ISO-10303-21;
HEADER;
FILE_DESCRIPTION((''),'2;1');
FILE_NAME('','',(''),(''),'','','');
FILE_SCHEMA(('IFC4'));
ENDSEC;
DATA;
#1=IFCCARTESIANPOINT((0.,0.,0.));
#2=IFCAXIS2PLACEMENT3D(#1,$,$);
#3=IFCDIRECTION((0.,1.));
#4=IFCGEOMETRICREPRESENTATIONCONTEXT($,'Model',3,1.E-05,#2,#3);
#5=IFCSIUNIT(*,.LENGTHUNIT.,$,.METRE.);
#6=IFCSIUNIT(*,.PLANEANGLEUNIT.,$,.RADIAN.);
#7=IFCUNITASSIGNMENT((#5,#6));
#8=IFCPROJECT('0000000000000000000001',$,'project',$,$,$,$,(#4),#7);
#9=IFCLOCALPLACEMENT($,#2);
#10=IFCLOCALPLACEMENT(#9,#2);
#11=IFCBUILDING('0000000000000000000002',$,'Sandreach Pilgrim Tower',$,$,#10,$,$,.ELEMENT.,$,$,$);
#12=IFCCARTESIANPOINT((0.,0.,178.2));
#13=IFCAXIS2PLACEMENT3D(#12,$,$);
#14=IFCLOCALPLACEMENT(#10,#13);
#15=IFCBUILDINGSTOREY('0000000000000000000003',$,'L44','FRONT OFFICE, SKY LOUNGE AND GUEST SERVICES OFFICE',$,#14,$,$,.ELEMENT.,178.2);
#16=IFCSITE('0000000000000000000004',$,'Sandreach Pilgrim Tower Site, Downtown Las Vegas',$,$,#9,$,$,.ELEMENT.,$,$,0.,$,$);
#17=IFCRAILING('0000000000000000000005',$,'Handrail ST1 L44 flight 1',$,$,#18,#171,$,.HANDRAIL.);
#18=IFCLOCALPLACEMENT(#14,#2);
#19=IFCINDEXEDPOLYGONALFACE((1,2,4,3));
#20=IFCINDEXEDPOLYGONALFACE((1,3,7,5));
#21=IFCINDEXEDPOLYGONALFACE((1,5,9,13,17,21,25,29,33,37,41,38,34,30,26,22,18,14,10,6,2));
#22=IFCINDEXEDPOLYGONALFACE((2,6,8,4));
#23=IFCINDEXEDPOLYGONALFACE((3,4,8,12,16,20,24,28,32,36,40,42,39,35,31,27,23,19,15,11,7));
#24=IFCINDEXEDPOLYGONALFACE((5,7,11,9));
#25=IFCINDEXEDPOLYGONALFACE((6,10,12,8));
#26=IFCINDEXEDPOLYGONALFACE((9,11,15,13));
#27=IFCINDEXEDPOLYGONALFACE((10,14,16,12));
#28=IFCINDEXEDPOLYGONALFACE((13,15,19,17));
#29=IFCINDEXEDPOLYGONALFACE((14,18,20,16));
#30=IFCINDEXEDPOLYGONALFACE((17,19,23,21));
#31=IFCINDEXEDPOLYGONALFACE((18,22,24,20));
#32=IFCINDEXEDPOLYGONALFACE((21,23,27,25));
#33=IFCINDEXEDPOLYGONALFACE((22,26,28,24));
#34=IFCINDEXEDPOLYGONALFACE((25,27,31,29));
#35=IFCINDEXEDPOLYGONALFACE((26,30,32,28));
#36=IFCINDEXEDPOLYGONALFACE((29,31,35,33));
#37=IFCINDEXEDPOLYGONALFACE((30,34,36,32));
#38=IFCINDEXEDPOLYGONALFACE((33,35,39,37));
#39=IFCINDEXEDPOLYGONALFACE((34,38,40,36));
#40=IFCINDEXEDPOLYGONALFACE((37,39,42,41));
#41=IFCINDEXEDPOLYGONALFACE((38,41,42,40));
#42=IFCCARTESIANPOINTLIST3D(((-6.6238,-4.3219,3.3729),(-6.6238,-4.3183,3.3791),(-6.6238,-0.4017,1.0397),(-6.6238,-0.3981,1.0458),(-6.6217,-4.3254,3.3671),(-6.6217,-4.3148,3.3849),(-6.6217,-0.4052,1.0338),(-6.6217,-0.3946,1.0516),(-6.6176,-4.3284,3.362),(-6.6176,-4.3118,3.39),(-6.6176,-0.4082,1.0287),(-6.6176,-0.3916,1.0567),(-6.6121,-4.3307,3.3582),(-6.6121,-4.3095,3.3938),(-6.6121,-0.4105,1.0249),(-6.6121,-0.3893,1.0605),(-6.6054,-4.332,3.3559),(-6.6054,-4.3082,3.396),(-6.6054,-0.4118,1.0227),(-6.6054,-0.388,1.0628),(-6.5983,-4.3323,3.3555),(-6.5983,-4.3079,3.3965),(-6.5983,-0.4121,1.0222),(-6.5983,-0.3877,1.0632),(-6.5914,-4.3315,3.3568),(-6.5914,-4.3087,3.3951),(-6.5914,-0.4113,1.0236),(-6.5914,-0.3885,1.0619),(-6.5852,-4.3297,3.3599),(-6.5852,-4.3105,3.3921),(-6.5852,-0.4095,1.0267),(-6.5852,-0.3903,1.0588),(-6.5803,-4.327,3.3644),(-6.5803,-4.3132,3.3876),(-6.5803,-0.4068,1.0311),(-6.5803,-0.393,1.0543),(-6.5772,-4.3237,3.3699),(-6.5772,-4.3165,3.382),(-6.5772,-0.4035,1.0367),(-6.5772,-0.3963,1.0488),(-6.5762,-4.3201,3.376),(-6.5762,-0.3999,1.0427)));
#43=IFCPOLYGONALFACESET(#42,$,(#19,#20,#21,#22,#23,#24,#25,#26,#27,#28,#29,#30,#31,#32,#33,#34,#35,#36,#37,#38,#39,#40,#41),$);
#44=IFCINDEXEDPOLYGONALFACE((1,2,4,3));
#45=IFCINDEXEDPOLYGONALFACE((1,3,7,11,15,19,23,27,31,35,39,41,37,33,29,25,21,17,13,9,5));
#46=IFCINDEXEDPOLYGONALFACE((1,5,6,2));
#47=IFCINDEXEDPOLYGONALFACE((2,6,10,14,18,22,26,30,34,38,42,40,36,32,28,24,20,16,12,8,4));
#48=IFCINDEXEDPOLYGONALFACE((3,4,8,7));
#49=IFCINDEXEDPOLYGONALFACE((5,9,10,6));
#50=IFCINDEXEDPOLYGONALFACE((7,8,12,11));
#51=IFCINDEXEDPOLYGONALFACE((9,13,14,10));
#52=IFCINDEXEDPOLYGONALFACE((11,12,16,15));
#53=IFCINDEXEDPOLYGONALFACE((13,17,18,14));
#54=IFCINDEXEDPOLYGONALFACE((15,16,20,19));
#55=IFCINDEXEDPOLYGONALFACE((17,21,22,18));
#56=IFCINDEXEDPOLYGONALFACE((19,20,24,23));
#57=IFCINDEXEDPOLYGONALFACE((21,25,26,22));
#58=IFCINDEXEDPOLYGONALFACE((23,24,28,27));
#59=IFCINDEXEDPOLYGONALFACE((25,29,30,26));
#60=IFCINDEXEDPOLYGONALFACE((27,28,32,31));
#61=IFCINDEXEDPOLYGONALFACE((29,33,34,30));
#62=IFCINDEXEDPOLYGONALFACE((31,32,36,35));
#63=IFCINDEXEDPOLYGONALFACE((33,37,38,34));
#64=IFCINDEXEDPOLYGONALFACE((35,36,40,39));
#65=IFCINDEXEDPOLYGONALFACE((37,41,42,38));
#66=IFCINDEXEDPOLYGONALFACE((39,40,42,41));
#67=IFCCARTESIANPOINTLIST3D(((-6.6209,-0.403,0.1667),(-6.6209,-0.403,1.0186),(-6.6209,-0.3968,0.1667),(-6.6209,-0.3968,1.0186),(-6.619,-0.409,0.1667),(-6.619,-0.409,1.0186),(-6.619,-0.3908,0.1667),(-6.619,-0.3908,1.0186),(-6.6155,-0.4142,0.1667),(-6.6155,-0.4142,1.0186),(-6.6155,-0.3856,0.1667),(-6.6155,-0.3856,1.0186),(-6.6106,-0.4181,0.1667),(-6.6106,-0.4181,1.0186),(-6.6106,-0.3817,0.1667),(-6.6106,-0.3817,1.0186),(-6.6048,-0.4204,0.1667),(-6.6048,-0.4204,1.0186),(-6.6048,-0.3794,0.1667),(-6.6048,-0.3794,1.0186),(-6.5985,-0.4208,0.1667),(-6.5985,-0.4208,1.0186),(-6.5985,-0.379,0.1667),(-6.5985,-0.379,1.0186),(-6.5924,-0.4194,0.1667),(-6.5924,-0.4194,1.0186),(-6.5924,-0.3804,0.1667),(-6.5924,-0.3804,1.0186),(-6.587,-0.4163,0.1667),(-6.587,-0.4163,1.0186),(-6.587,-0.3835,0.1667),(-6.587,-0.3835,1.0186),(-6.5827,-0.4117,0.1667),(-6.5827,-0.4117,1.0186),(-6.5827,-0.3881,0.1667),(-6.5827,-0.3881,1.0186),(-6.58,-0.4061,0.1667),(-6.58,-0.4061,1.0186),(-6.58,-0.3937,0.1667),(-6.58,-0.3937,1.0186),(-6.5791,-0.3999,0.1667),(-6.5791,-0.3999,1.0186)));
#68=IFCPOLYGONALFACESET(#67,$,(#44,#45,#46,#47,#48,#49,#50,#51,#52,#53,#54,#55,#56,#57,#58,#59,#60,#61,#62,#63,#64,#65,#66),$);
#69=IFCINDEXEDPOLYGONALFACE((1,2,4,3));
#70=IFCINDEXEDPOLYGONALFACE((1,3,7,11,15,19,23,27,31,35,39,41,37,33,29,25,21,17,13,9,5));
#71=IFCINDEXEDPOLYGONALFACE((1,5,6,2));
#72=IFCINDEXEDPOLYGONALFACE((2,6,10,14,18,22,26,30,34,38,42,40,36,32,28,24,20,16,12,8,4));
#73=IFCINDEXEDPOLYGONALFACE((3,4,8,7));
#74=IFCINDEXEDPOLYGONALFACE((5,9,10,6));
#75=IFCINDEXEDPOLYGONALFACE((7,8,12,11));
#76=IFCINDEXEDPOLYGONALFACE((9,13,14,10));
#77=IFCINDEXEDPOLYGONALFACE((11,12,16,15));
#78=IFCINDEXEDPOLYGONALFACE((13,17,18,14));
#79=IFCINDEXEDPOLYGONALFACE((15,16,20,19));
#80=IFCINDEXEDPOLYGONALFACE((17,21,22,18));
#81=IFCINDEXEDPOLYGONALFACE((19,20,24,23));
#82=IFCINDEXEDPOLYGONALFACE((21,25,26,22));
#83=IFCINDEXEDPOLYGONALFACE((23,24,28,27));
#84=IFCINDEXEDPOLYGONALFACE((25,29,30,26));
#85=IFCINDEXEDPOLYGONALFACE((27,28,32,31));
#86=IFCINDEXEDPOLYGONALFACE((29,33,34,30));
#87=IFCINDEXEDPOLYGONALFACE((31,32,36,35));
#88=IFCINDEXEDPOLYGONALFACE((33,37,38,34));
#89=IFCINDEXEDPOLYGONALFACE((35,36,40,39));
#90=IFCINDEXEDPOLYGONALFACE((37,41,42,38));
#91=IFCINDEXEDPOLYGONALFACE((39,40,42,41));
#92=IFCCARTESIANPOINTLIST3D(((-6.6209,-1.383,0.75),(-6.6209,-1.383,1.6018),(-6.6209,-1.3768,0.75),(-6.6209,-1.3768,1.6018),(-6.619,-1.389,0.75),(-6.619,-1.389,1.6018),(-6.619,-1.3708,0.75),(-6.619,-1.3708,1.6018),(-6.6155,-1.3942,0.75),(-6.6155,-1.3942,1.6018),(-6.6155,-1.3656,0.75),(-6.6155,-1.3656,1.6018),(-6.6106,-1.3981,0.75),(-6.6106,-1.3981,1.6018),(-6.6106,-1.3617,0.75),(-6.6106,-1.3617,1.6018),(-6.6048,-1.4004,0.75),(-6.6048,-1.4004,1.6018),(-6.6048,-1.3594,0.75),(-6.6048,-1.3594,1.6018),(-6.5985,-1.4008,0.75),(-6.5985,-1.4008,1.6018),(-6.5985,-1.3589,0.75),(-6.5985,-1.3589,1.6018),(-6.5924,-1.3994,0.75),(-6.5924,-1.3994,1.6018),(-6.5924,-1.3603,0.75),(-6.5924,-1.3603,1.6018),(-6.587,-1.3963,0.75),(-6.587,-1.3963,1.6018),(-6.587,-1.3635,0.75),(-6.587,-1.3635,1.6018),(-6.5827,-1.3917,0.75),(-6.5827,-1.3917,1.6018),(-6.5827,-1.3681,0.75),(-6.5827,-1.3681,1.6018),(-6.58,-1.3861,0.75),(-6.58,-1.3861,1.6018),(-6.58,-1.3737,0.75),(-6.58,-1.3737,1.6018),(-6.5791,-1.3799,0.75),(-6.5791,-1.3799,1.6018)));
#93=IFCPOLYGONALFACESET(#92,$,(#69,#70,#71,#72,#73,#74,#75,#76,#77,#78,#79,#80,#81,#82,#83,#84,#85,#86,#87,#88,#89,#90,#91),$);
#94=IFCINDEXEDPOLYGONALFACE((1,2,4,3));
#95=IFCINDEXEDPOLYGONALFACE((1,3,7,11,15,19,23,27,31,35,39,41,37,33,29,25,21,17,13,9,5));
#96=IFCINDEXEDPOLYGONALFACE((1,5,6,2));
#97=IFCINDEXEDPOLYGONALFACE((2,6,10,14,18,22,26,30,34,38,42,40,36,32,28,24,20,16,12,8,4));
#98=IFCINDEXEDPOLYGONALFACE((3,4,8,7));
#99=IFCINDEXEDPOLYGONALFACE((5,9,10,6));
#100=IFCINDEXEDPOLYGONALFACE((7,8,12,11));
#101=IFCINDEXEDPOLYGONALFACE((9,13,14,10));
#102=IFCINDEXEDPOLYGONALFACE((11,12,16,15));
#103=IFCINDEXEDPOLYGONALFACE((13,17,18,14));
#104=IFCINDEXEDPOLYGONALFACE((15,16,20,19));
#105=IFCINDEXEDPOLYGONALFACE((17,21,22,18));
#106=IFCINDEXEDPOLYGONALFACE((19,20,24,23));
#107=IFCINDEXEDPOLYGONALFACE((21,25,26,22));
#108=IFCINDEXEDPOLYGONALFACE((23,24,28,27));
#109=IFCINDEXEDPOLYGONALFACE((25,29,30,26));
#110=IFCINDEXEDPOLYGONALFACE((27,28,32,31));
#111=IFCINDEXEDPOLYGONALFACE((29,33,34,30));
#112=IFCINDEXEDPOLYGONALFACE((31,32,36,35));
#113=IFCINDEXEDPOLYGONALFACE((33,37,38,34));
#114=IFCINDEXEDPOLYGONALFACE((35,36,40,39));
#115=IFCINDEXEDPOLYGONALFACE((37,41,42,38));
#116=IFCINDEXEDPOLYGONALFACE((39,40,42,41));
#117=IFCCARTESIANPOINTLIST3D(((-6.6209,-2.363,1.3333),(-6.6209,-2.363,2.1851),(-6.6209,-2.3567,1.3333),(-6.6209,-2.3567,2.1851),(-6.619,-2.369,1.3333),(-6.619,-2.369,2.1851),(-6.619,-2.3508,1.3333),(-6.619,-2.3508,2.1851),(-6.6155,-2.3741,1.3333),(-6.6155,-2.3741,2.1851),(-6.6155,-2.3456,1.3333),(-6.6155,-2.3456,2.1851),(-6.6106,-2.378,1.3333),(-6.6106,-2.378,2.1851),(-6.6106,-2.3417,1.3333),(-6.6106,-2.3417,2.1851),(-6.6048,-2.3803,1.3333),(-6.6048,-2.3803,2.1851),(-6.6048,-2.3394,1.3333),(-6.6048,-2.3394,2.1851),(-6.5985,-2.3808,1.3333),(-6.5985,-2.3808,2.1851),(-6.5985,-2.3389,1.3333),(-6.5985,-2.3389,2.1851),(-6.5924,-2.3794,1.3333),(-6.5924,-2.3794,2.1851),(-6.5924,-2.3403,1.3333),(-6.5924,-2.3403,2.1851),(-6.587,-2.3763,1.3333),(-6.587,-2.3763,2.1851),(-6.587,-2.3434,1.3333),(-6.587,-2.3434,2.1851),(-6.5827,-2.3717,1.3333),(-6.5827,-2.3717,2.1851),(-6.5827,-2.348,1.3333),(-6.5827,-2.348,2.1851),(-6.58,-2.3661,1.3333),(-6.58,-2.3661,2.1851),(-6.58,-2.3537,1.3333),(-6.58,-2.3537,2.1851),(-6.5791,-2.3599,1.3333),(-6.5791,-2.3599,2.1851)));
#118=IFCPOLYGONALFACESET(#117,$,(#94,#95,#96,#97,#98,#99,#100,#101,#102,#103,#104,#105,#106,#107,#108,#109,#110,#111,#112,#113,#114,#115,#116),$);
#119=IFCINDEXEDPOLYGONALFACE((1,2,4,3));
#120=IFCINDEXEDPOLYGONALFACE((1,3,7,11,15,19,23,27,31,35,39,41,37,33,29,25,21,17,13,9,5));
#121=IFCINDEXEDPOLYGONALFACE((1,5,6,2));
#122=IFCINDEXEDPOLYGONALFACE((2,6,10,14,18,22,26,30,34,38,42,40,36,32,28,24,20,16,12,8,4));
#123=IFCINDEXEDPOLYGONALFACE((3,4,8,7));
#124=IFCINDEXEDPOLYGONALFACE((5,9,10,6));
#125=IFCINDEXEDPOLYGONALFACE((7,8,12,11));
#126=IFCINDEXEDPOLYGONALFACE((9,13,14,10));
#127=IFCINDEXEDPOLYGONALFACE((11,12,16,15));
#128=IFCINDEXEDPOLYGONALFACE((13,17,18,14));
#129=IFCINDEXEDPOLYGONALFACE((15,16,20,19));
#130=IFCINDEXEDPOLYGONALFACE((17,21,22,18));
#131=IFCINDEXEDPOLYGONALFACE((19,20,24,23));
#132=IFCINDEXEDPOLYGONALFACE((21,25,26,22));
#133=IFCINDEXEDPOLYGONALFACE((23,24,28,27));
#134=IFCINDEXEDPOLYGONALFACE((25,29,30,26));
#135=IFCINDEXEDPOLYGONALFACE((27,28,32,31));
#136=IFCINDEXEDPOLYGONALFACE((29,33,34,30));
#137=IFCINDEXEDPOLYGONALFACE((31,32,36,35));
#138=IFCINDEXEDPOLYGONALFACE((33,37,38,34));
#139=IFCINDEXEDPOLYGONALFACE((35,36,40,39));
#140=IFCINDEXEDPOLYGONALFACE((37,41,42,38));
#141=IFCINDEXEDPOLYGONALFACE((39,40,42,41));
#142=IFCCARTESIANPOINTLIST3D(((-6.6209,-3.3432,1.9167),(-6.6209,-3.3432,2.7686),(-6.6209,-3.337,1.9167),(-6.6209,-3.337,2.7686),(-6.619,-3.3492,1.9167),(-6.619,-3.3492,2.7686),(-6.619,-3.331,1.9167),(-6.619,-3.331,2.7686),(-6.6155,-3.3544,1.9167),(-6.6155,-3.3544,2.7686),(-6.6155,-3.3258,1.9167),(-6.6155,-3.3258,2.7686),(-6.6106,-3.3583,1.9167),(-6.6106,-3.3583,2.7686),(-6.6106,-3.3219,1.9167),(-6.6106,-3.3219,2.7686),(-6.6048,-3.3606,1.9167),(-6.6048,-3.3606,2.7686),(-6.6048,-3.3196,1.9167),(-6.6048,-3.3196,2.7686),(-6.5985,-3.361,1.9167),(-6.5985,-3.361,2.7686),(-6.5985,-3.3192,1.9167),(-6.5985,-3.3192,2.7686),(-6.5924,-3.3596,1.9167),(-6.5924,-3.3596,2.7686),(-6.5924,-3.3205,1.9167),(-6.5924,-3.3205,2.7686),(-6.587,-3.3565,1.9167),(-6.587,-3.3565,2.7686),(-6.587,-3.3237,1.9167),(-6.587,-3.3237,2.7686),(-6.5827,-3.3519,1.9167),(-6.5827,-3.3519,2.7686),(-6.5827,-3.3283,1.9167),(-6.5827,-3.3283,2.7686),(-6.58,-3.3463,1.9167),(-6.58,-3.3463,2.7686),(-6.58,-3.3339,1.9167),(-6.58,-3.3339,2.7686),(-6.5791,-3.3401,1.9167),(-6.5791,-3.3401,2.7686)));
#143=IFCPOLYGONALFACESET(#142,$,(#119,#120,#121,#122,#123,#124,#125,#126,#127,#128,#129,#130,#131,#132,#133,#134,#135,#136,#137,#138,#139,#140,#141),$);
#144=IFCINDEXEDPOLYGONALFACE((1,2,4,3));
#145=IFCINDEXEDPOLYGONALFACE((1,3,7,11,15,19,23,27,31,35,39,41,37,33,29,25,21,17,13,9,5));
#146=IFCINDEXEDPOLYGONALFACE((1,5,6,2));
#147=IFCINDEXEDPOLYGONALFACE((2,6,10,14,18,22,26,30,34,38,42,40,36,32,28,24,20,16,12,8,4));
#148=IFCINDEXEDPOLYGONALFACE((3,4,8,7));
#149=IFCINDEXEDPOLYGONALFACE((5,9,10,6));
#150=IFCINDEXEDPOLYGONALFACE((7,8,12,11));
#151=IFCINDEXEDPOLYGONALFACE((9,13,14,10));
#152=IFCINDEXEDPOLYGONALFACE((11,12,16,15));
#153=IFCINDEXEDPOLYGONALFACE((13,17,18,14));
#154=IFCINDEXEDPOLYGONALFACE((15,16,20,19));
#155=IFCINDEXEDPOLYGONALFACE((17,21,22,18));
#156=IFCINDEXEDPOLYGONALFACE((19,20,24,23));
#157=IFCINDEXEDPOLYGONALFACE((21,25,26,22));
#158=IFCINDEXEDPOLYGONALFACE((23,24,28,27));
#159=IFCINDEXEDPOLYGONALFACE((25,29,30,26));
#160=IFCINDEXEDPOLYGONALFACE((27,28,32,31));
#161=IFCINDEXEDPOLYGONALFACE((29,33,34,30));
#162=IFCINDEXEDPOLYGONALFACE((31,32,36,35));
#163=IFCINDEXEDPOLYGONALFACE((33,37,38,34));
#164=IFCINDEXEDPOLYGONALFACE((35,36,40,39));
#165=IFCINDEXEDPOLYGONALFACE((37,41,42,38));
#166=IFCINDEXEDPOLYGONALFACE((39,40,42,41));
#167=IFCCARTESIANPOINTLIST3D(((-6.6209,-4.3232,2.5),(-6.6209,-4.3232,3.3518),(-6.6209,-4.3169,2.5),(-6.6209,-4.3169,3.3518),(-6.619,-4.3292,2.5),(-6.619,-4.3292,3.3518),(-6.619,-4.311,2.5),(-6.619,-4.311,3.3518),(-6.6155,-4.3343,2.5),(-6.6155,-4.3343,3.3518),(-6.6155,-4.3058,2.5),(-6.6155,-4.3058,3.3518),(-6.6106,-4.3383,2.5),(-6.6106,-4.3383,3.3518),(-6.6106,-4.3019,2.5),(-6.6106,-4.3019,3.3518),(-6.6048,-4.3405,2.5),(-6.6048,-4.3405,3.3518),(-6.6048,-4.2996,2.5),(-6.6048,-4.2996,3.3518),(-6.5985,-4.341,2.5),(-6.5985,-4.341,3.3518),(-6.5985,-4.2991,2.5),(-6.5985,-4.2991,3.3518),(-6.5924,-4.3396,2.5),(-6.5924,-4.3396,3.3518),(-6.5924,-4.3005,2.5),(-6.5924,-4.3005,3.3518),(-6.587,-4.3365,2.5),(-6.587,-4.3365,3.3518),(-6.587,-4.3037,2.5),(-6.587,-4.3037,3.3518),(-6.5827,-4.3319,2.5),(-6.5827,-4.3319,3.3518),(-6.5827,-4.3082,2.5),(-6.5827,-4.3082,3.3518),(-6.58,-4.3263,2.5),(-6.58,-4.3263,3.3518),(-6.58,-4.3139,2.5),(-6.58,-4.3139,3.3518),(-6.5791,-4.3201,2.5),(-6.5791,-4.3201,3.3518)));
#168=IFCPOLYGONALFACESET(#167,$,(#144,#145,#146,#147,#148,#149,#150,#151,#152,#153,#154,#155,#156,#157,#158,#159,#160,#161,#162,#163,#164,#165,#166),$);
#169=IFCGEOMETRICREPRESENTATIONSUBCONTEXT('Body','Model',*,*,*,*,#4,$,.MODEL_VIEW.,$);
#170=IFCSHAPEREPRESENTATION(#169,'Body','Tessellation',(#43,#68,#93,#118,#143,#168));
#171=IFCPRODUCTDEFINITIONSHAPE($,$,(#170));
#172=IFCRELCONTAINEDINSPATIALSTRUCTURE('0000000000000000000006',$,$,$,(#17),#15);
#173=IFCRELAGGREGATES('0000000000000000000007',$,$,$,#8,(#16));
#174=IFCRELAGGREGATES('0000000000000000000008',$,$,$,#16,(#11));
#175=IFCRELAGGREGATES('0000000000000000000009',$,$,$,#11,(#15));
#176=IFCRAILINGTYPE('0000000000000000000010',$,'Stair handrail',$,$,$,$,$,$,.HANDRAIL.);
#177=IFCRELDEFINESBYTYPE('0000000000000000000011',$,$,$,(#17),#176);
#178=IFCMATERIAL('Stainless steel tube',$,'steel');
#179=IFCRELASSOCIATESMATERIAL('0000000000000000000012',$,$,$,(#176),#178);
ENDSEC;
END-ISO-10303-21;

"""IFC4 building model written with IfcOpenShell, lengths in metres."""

from ifc_helpers import new_model, si_unit, direction, frame, origin, origin_2d, place, context, subcontext, project, spatial, circle, extrude, material, type_object, element, save


model = new_model("IFC4")

# Units and contexts
model_context = context("Model", 3, precision=1e-05, world=origin(), true_north=direction((0.0, 1.0)))
body_context = subcontext(model_context, "Body", "Model", "MODEL_VIEW")
ifc_project = project(units=[si_unit("LENGTHUNIT", "METRE"), si_unit("PLANEANGLEUNIT", "RADIAN")], contexts=[model_context])

# Site, building, storey
site_placement = place(None, origin())
site = spatial("IfcSite", under=ifc_project, at=site_placement, Name="Sandreach Pilgrim Tower Site, Downtown Las Vegas", CompositionType="ELEMENT", RefElevation=0.0)
building_placement = place(site_placement, origin())
building = spatial("IfcBuilding", under=site, at=building_placement, Name="Sandreach Pilgrim Tower", CompositionType="ELEMENT")
storey_placement = place(building_placement, frame((0.0, 0.0, 178.2)))
storey = spatial("IfcBuildingStorey", under=building, at=storey_placement, Name="L44", Description="FRONT OFFICE, SKY LOUNGE AND GUEST SERVICES OFFICE", CompositionType="ELEMENT", Elevation=178.2)

# Railing
ifc_material_1 = material(Name="Stainless steel tube", Category="steel")
railing_type = type_object("IfcRailingType", Name="Stair handrail", PredefinedType="HANDRAIL", material=ifc_material_1)
for number, where, name in (
    (1, (-6.6001, -0.3999, 0.1667), "Handrail ST1 L44 flight 1"),
):
    element("IfcRailing", number, at=place(storey_placement, frame(where)), inside=storey, type_object=railing_type, Name=name, PredefinedType="HANDRAIL", context=body_context, shape_type="SweptSolid", body=[
        extrude(circle(Radius=0.0239, at=origin_2d()), frame((0.0, 0.0, 0.876), z_axis=(0.0, -0.85931, 0.511455), x_axis=(1.0, 0.0, 0.0)), (0.0, 0.0, 1.0), 4.562),
        extrude(circle(Radius=0.021, at=origin_2d()), origin(), (0.0, 0.0, 1.0), 0.8518),
        extrude(circle(Radius=0.021, at=origin_2d()), frame((0.0, -0.98, 0.5833)), (0.0, 0.0, 1.0), 0.8518),
        extrude(circle(Radius=0.021, at=origin_2d()), frame((0.0, -1.96, 1.1665)), (0.0, 0.0, 1.0), 0.8518),
        extrude(circle(Radius=0.021, at=origin_2d()), frame((0.0, -2.9402, 1.75)), (0.0, 0.0, 1.0), 0.8518),
        extrude(circle(Radius=0.021, at=origin_2d()), frame((0.0, -3.9202, 2.3333)), (0.0, 0.0, 1.0), 0.8518),
    ])

save(model, "model.ifc")
